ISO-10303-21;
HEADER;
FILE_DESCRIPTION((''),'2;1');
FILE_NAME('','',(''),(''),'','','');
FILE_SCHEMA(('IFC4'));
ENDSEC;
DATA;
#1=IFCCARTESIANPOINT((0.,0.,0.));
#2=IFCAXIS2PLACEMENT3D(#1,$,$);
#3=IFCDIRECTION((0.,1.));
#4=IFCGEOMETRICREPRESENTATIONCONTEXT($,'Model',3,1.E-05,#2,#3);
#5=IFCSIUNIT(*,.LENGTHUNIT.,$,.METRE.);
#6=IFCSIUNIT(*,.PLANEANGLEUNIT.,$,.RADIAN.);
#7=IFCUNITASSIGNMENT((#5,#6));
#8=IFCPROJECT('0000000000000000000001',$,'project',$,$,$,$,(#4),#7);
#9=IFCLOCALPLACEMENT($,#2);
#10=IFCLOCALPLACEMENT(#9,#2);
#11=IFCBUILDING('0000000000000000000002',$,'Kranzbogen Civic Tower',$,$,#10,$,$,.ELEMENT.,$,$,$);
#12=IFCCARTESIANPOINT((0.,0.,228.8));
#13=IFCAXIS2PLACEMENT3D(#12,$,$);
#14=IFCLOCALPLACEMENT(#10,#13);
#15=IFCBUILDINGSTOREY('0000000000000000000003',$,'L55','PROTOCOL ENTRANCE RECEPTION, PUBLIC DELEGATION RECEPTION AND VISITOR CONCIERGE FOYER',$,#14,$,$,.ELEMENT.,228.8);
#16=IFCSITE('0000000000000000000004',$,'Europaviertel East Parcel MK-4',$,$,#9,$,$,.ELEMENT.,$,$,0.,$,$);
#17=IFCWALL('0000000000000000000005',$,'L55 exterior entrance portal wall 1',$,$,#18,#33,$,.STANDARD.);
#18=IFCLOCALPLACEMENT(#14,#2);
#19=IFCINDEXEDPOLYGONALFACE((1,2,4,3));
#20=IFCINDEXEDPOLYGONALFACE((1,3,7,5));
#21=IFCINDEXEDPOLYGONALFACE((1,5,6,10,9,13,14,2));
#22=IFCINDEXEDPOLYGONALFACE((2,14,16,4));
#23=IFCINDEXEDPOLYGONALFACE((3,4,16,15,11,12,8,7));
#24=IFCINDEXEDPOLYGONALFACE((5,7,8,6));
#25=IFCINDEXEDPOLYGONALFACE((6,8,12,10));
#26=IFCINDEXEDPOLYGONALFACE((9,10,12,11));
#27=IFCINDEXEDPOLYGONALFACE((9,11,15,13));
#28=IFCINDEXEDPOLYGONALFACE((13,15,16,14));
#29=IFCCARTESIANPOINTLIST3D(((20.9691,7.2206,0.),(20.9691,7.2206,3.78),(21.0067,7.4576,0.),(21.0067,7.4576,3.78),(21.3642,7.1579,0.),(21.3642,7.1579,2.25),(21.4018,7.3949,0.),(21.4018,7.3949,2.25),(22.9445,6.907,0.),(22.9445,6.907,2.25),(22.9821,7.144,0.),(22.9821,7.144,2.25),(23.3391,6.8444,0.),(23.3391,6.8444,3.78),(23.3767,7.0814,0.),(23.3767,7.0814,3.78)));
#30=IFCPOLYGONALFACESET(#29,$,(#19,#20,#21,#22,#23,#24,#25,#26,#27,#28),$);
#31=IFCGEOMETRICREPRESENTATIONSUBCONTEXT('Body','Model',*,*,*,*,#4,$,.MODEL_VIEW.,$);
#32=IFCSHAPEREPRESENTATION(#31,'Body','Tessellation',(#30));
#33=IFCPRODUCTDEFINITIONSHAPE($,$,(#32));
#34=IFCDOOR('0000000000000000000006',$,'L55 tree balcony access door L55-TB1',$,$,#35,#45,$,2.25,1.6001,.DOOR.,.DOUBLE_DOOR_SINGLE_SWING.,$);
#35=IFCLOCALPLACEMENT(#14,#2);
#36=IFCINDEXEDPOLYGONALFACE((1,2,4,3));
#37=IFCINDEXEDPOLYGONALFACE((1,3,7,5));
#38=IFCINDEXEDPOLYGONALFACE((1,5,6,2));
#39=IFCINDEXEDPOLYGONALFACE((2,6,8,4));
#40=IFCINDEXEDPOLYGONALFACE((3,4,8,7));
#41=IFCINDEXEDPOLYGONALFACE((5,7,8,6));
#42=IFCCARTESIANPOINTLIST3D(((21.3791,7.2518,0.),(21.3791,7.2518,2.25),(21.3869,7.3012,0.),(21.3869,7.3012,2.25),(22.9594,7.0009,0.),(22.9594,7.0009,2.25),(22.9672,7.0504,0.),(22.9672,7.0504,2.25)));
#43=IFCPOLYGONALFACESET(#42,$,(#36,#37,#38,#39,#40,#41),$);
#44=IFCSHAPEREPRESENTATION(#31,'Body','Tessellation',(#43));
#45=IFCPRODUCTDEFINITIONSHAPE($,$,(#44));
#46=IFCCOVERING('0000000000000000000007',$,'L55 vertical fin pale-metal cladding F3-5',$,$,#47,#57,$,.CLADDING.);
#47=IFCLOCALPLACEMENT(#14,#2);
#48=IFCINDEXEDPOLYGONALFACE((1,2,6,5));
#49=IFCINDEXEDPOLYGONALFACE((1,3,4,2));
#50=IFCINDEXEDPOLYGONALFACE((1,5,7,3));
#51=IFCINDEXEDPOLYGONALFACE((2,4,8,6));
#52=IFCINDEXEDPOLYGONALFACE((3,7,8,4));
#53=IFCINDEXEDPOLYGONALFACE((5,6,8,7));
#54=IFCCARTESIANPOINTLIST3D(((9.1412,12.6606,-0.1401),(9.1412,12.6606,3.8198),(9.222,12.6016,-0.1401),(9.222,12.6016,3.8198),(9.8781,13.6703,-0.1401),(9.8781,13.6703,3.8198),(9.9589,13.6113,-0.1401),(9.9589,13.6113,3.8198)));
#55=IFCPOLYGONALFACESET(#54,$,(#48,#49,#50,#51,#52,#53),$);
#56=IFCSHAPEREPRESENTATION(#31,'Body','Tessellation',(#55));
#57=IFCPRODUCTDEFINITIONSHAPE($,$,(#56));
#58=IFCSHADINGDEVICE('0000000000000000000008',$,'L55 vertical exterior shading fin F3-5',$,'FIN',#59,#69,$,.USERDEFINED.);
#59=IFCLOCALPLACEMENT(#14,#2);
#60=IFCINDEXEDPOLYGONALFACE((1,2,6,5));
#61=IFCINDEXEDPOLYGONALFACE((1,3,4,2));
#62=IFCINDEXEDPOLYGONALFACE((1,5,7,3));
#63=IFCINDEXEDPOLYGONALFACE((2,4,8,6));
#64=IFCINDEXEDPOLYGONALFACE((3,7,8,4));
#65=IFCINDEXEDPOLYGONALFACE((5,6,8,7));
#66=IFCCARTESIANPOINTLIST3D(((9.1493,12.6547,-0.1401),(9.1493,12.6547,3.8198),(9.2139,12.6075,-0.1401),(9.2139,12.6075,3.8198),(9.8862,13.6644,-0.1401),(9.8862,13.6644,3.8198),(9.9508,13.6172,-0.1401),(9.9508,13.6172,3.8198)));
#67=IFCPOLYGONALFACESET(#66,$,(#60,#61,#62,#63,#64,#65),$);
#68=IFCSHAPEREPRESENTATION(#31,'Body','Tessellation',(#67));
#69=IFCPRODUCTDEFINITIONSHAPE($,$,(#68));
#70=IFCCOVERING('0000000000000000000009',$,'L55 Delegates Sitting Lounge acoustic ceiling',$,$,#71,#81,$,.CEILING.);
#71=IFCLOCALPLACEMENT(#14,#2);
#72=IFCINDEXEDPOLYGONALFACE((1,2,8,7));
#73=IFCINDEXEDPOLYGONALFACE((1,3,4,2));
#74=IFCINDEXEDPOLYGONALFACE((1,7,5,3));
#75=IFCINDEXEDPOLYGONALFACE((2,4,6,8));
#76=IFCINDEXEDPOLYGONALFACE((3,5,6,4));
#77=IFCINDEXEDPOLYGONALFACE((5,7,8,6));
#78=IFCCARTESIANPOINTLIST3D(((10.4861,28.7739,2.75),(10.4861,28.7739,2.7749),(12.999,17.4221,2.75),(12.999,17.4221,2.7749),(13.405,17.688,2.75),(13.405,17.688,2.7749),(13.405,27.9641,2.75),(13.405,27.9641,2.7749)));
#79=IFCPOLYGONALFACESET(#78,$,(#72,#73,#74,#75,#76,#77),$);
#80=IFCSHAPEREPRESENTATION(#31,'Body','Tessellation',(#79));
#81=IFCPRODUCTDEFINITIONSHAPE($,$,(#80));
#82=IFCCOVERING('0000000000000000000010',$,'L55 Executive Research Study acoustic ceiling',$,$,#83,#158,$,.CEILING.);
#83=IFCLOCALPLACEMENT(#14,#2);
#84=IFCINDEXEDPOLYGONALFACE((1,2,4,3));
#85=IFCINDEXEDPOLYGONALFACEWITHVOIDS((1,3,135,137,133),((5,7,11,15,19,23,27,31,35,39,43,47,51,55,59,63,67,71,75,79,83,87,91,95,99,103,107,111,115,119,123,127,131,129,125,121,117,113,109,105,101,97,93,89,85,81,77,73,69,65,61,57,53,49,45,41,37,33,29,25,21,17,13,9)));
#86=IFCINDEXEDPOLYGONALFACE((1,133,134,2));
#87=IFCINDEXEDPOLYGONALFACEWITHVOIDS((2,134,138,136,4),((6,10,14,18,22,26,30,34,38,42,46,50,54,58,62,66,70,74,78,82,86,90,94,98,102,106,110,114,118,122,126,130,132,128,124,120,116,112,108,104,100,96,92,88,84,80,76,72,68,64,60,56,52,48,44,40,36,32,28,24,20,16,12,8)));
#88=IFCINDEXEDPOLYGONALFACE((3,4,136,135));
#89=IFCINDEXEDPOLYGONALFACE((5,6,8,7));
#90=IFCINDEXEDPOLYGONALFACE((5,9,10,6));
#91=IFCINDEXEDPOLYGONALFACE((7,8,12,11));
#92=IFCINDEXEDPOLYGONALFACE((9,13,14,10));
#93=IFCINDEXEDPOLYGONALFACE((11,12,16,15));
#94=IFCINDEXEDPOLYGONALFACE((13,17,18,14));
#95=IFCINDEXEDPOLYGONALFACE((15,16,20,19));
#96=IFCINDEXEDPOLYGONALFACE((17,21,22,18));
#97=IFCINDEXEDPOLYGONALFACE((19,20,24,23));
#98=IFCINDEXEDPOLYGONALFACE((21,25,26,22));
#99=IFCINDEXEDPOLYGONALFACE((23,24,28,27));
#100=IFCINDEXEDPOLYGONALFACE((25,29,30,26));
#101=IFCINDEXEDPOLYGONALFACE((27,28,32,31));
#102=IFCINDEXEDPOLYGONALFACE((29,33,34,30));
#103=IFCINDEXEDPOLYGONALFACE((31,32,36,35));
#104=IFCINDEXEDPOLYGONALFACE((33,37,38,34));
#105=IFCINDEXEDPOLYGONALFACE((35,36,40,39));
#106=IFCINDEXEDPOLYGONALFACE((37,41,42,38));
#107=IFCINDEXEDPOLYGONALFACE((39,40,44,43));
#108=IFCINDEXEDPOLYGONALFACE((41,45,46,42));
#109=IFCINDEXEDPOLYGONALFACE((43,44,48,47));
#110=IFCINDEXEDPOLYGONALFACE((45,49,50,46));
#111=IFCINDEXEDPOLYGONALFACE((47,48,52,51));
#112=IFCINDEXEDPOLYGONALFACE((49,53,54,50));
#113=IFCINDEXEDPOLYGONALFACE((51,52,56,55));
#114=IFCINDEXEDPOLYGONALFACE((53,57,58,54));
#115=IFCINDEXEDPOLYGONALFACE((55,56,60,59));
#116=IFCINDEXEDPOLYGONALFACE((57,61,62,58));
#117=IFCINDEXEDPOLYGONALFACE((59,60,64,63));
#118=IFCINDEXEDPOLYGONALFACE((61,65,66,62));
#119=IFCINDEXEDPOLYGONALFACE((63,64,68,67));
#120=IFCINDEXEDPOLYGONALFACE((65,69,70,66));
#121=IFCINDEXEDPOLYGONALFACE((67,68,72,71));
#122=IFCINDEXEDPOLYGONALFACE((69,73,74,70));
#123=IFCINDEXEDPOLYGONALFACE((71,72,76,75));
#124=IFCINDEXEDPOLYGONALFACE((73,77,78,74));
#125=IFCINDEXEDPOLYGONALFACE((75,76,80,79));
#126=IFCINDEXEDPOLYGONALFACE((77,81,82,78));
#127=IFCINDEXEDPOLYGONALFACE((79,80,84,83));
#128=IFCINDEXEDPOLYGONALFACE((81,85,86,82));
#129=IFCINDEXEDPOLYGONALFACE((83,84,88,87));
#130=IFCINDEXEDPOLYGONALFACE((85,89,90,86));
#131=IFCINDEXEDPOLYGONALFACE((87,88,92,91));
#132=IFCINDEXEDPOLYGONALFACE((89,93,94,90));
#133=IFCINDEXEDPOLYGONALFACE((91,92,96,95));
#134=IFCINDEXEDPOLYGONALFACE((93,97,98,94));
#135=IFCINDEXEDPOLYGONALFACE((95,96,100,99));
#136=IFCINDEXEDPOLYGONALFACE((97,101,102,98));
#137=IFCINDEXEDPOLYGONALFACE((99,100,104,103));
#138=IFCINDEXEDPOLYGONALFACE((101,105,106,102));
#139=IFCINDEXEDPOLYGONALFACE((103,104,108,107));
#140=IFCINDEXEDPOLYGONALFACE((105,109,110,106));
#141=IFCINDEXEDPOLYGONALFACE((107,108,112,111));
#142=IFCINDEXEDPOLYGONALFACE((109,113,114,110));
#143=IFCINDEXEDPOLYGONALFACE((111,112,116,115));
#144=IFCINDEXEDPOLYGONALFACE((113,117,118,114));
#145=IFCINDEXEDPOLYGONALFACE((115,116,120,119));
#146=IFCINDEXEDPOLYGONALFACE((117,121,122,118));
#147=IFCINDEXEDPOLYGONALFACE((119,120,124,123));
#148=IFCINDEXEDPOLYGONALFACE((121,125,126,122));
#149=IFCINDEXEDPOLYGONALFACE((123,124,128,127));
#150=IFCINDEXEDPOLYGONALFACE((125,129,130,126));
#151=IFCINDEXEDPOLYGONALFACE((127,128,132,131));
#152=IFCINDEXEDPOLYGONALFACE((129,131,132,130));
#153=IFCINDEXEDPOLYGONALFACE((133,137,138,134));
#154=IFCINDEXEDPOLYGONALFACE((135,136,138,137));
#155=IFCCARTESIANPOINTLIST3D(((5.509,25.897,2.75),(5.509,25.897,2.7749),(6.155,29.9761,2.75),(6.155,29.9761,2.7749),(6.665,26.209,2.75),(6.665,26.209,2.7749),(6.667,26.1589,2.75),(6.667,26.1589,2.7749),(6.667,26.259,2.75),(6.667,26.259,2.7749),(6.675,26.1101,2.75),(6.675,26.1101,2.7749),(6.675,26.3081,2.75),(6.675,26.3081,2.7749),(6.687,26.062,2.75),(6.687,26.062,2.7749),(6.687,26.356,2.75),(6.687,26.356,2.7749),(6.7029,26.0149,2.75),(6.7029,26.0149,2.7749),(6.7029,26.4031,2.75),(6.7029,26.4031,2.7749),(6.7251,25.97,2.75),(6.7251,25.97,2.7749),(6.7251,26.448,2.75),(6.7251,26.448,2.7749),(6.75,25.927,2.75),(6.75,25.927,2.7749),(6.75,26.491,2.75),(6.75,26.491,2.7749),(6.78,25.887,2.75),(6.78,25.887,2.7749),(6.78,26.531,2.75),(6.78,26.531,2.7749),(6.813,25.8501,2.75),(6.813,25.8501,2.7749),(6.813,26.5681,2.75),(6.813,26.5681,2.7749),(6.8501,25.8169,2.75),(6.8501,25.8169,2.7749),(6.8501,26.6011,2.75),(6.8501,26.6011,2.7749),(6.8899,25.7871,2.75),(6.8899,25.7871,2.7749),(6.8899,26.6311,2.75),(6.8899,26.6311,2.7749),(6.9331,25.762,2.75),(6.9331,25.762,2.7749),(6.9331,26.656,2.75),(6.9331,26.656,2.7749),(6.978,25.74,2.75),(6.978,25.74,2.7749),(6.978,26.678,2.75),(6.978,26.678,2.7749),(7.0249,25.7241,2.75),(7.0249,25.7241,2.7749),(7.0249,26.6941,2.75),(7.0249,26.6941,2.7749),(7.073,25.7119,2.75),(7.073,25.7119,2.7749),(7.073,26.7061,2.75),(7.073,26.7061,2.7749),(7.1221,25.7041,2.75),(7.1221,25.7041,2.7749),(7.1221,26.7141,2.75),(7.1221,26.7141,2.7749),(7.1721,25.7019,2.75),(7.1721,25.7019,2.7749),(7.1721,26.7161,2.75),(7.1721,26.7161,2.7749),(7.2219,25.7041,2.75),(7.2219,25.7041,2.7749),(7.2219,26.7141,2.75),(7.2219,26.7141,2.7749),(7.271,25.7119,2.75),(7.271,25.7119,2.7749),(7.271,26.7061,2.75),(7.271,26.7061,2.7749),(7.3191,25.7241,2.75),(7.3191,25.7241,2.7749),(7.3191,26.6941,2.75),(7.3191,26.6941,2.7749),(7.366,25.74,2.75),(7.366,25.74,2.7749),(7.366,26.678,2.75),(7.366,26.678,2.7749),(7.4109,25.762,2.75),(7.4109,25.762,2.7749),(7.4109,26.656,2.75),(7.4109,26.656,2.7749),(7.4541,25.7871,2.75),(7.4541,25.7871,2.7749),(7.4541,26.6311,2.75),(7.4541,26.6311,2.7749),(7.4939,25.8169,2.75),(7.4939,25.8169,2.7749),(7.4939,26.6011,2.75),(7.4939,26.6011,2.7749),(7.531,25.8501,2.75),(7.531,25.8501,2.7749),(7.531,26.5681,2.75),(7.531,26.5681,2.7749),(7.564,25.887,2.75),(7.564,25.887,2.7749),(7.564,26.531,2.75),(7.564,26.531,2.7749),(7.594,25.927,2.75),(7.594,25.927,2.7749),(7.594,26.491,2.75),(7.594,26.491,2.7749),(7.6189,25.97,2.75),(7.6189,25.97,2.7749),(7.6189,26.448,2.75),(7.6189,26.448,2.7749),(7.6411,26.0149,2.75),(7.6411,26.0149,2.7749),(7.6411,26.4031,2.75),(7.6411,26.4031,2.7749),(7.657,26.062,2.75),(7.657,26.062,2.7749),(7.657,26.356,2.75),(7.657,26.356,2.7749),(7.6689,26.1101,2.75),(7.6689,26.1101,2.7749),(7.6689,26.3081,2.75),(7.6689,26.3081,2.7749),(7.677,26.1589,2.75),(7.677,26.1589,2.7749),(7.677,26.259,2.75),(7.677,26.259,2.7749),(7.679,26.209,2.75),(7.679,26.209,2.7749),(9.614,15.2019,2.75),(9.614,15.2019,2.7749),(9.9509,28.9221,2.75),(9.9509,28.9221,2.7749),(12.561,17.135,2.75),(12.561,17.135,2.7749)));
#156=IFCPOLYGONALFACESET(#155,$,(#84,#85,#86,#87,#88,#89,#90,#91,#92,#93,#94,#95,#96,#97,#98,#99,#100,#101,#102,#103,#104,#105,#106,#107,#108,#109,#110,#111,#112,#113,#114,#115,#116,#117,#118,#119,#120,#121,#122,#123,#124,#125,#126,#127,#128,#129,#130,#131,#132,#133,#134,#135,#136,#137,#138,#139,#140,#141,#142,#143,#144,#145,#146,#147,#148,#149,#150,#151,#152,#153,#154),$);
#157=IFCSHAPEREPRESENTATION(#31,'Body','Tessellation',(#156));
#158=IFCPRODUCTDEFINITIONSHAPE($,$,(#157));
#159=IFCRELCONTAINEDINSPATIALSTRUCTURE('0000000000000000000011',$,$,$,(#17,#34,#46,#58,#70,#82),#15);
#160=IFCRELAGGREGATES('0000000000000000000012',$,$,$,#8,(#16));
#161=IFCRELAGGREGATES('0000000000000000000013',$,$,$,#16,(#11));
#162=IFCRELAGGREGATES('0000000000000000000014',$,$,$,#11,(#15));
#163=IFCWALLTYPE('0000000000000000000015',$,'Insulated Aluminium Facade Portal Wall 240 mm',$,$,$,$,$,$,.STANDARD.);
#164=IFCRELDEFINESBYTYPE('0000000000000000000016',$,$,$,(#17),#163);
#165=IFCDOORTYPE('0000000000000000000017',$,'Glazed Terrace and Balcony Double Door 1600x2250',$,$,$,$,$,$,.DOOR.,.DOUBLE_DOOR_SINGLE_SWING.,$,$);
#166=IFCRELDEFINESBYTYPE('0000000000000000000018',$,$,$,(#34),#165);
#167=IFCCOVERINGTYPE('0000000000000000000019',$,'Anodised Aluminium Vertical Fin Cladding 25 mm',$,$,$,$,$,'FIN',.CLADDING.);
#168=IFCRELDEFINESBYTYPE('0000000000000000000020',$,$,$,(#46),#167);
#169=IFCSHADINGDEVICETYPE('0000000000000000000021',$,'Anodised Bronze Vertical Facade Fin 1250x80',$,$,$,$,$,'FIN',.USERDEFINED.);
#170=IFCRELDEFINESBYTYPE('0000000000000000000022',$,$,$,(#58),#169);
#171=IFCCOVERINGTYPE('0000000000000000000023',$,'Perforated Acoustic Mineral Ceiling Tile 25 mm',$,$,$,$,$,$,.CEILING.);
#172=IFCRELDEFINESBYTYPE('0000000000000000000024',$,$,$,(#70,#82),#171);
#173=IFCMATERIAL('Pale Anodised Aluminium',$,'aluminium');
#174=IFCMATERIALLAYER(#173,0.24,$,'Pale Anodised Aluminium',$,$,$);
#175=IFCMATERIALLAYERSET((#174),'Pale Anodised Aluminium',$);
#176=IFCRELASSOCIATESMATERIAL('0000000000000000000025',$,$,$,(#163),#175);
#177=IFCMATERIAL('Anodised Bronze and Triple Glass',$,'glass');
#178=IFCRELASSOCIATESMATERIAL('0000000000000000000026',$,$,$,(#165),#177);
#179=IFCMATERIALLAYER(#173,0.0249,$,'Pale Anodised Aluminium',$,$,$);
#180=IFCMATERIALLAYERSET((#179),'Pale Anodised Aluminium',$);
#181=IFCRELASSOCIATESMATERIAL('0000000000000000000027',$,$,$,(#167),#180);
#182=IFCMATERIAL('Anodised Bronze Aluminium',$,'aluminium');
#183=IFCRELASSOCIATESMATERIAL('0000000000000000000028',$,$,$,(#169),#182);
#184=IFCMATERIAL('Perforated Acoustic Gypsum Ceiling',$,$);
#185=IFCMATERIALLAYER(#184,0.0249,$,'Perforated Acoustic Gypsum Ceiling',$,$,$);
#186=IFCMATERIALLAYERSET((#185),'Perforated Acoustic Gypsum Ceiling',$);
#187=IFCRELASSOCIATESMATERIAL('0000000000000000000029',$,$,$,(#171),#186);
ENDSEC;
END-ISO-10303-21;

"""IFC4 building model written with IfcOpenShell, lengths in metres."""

from ifc_helpers import new_model, si_unit, direction, frame, frame_2d, origin, origin_2d, place, context, subcontext, project, spatial, polyline, rectangle, outline, extrude, material, layer, layer_set, type_object, element, fill, save


model = new_model("IFC4")

# Units and contexts
model_context = context("Model", 3, precision=1e-05, world=origin(), true_north=direction((0.0, 1.0)))
body_context = subcontext(model_context, "Body", "Model", "MODEL_VIEW")
ifc_project = project(units=[si_unit("LENGTHUNIT", "METRE"), si_unit("PLANEANGLEUNIT", "RADIAN")], contexts=[model_context])

# Site, building, storey
site_placement = place(None, origin())
site = spatial("IfcSite", under=ifc_project, at=site_placement, Name="Europaviertel East Parcel MK-4", CompositionType="ELEMENT", RefElevation=0.0)
building_placement = place(site_placement, origin())
building = spatial("IfcBuilding", under=site, at=building_placement, Name="Kranzbogen Civic Tower", CompositionType="ELEMENT")
storey_placement = place(building_placement, frame((0.0, 0.0, 228.8)))
storey = spatial("IfcBuildingStorey", under=building, at=storey_placement, Name="L55", Description="PROTOCOL ENTRANCE RECEPTION, PUBLIC DELEGATION RECEPTION AND VISITOR CONCIERGE FOYER", CompositionType="ELEMENT", Elevation=228.8)

# Shared definitions
ifc_material_1 = material(Name="Pale Anodised Aluminium", Category="aluminium")

# Shared definitions
ifc_layer_1 = layer(ifc_material_1, 0.24, Name="Pale Anodised Aluminium")
ifc_layer_set_1 = layer_set([ifc_layer_1], Name="Pale Anodised Aluminium")
wall_type_1 = type_object("IfcWallType", Name="Insulated Aluminium Facade Portal Wall 240 mm", PredefinedType="STANDARD", material=ifc_layer_set_1)

# Wall, opening, door
wall_1_placement = place(storey_placement, frame((20.988, 7.3391, 0.0), z_axis=(0.0, 0.0, 1.0), x_axis=(0.987632, -0.156788, 0.0)))
wall_1 = element("IfcWall", 1, at=wall_1_placement, inside=storey, type_object=wall_type_1, Name="L55 exterior entrance portal wall 1", PredefinedType="STANDARD", context=body_context, shape_type="SweptSolid", body=[
    extrude(rectangle(XDim=2.3997, YDim=0.24, at=frame_2d((1.1997, 0.0))), origin(), (0.0, 0.0, 1.0), 3.78),
])
opening_placement = place(wall_1_placement, frame((0.3999, 0.0, 0.0)))
opening = element("IfcOpeningElement", 2, at=opening_placement, cuts=wall_1, PredefinedType="OPENING", context=body_context, shape_type="SweptSolid", body=[
    extrude(rectangle(XDim=1.6001, YDim=2.25, at=frame_2d((0.8, 1.125))), frame((0.0, 0.1299, 0.0), z_axis=(0.0, -1.0, 0.0), x_axis=(1.0, 0.0, 0.0)), (0.0, 0.0, 1.0), 0.26),
])
ifc_material_2 = material(Name="Anodised Bronze and Triple Glass", Category="glass")
door_type = type_object("IfcDoorType", Name="Glazed Terrace and Balcony Double Door 1600x2250", OperationType="DOUBLE_DOOR_SINGLE_SWING", PredefinedType="DOOR", material=ifc_material_2)
door_placement = place(opening_placement, frame((1.6001, 0.0, 0.0), z_axis=(0.0, 0.0, 1.0), x_axis=(-1.0, 0.0, 0.0)))
door = element("IfcDoor", 3, at=door_placement, inside=storey, type_object=door_type, Name="L55 tree balcony access door L55-TB1", OperationType="DOUBLE_DOOR_SINGLE_SWING", OverallHeight=2.25, OverallWidth=1.6001, PredefinedType="DOOR", context=body_context, shape_type="SweptSolid", body=[
    extrude(rectangle(XDim=1.6001, YDim=2.25, at=frame_2d((0.8, 1.125))), frame((0.0, 0.0249, 0.0), z_axis=(0.0, -1.0, 0.0), x_axis=(1.0, 0.0, 0.0)), (0.0, 0.0, 1.0), 0.05),
])
fill(opening, door)

# Covering
ifc_layer_2 = layer(ifc_material_1, 0.0249, Name="Pale Anodised Aluminium")
ifc_layer_set_2 = layer_set([ifc_layer_2], Name="Pale Anodised Aluminium")
covering_type_1 = type_object("IfcCoveringType", Name="Anodised Aluminium Vertical Fin Cladding 25 mm", ElementType="FIN", PredefinedType="CLADDING", material=ifc_layer_set_2)
covering_1_placement = place(storey_placement, frame((9.55, 13.136, -0.1401), z_axis=(0.0, 0.0, 1.0), x_axis=(-0.589521, -0.807753, 0.0)))
element("IfcCovering", 4, at=covering_1_placement, inside=storey, type_object=covering_type_1, Name="L55 vertical fin pale-metal cladding F3-5", PredefinedType="CLADDING", context=body_context, shape_type="SweptSolid", body=[
    extrude(rectangle(XDim=1.25, YDim=0.1001, at=origin_2d()), origin(), (0.0, 0.0, 1.0), 3.96),
])

# Shading device
ifc_material_3 = material(Name="Anodised Bronze Aluminium", Category="aluminium")
shading_device_type = type_object("IfcShadingDeviceType", Name="Anodised Bronze Vertical Facade Fin 1250x80", ElementType="FIN", PredefinedType="USERDEFINED", material=ifc_material_3)
shading_device_placement = place(storey_placement, frame((9.55, 13.136, -0.1401), z_axis=(0.0, 0.0, 1.0), x_axis=(-0.589521, -0.807753, 0.0)))
element("IfcShadingDevice", 5, at=shading_device_placement, inside=storey, type_object=shading_device_type, Name="L55 vertical exterior shading fin F3-5", ObjectType="FIN", PredefinedType="USERDEFINED", context=body_context, shape_type="SweptSolid", body=[
    extrude(rectangle(XDim=1.25, YDim=0.0801, at=origin_2d()), origin(), (0.0, 0.0, 1.0), 3.96),
])

# Coverings
ifc_material_4 = material(Name="Perforated Acoustic Gypsum Ceiling")
ifc_layer_3 = layer(ifc_material_4, 0.0249, Name="Perforated Acoustic Gypsum Ceiling")
ifc_layer_set_3 = layer_set([ifc_layer_3], Name="Perforated Acoustic Gypsum Ceiling")
covering_type_2 = type_object("IfcCoveringType", Name="Perforated Acoustic Mineral Ceiling Tile 25 mm", PredefinedType="CEILING", material=ifc_layer_set_3)
covering_2_placement = place(storey_placement, frame((0.0, 0.0, 2.75)))
element("IfcCovering", 6, at=covering_2_placement, inside=storey, type_object=covering_type_2, Name="L55 Delegates Sitting Lounge acoustic ceiling", PredefinedType="CEILING", context=body_context, shape_type="SweptSolid", body=[
    extrude(outline(polyline([(13.405, 17.688), (12.999, 17.4221), (10.4861, 28.7739), (13.405, 27.9641), (13.405, 17.688)])), origin(), (0.0, 0.0, 1.0), 0.0249),
])
covering_3_placement = place(storey_placement, frame((0.0, 0.0, 2.75)))
element("IfcCovering", 7, at=covering_3_placement, inside=storey, type_object=covering_type_2, Name="L55 Executive Research Study acoustic ceiling", PredefinedType="CEILING", context=body_context, shape_type="SweptSolid", body=[
    extrude(outline(polyline([(9.9509, 28.9221), (12.561, 17.135), (9.614, 15.2019), (5.509, 25.897), (6.155, 29.9761), (9.9509, 28.9221)]), holes=[polyline([(7.6411, 26.0149), (7.6189, 25.97), (7.594, 25.927), (7.564, 25.887), (7.531, 25.8501), (7.4939, 25.8169), (7.4541, 25.7871), (7.4109, 25.762), (7.366, 25.74), (7.3191, 25.7241), (7.271, 25.7119), (7.2219, 25.7041), (7.1721, 25.7019), (7.1221, 25.7041), (7.073, 25.7119), (7.0249, 25.7241), (6.978, 25.74), (6.9331, 25.762), (6.8899, 25.7871), (6.8501, 25.8169), (6.813, 25.8501), (6.78, 25.887), (6.75, 25.927), (6.7251, 25.97), (6.7029, 26.0149), (6.687, 26.062), (6.675, 26.1101), (6.667, 26.1589), (6.665, 26.209), (6.667, 26.259), (6.675, 26.3081), (6.687, 26.356), (6.7029, 26.4031), (6.7251, 26.448), (6.75, 26.491), (6.78, 26.531), (6.813, 26.5681), (6.8501, 26.6011), (6.8899, 26.6311), (6.9331, 26.656), (6.978, 26.678), (7.0249, 26.6941), (7.073, 26.7061), (7.1221, 26.7141), (7.1721, 26.7161), (7.2219, 26.7141), (7.271, 26.7061), (7.3191, 26.6941), (7.366, 26.678), (7.4109, 26.656), (7.4541, 26.6311), (7.4939, 26.6011), (7.531, 26.5681), (7.564, 26.531), (7.594, 26.491), (7.6189, 26.448), (7.6411, 26.4031), (7.657, 26.356), (7.6689, 26.3081), (7.677, 26.259), (7.679, 26.209), (7.677, 26.1589), (7.6689, 26.1101), (7.657, 26.062), (7.6411, 26.0149)])]), origin(), (0.0, 0.0, 1.0), 0.0249),
])

save(model, "model.ifc")
